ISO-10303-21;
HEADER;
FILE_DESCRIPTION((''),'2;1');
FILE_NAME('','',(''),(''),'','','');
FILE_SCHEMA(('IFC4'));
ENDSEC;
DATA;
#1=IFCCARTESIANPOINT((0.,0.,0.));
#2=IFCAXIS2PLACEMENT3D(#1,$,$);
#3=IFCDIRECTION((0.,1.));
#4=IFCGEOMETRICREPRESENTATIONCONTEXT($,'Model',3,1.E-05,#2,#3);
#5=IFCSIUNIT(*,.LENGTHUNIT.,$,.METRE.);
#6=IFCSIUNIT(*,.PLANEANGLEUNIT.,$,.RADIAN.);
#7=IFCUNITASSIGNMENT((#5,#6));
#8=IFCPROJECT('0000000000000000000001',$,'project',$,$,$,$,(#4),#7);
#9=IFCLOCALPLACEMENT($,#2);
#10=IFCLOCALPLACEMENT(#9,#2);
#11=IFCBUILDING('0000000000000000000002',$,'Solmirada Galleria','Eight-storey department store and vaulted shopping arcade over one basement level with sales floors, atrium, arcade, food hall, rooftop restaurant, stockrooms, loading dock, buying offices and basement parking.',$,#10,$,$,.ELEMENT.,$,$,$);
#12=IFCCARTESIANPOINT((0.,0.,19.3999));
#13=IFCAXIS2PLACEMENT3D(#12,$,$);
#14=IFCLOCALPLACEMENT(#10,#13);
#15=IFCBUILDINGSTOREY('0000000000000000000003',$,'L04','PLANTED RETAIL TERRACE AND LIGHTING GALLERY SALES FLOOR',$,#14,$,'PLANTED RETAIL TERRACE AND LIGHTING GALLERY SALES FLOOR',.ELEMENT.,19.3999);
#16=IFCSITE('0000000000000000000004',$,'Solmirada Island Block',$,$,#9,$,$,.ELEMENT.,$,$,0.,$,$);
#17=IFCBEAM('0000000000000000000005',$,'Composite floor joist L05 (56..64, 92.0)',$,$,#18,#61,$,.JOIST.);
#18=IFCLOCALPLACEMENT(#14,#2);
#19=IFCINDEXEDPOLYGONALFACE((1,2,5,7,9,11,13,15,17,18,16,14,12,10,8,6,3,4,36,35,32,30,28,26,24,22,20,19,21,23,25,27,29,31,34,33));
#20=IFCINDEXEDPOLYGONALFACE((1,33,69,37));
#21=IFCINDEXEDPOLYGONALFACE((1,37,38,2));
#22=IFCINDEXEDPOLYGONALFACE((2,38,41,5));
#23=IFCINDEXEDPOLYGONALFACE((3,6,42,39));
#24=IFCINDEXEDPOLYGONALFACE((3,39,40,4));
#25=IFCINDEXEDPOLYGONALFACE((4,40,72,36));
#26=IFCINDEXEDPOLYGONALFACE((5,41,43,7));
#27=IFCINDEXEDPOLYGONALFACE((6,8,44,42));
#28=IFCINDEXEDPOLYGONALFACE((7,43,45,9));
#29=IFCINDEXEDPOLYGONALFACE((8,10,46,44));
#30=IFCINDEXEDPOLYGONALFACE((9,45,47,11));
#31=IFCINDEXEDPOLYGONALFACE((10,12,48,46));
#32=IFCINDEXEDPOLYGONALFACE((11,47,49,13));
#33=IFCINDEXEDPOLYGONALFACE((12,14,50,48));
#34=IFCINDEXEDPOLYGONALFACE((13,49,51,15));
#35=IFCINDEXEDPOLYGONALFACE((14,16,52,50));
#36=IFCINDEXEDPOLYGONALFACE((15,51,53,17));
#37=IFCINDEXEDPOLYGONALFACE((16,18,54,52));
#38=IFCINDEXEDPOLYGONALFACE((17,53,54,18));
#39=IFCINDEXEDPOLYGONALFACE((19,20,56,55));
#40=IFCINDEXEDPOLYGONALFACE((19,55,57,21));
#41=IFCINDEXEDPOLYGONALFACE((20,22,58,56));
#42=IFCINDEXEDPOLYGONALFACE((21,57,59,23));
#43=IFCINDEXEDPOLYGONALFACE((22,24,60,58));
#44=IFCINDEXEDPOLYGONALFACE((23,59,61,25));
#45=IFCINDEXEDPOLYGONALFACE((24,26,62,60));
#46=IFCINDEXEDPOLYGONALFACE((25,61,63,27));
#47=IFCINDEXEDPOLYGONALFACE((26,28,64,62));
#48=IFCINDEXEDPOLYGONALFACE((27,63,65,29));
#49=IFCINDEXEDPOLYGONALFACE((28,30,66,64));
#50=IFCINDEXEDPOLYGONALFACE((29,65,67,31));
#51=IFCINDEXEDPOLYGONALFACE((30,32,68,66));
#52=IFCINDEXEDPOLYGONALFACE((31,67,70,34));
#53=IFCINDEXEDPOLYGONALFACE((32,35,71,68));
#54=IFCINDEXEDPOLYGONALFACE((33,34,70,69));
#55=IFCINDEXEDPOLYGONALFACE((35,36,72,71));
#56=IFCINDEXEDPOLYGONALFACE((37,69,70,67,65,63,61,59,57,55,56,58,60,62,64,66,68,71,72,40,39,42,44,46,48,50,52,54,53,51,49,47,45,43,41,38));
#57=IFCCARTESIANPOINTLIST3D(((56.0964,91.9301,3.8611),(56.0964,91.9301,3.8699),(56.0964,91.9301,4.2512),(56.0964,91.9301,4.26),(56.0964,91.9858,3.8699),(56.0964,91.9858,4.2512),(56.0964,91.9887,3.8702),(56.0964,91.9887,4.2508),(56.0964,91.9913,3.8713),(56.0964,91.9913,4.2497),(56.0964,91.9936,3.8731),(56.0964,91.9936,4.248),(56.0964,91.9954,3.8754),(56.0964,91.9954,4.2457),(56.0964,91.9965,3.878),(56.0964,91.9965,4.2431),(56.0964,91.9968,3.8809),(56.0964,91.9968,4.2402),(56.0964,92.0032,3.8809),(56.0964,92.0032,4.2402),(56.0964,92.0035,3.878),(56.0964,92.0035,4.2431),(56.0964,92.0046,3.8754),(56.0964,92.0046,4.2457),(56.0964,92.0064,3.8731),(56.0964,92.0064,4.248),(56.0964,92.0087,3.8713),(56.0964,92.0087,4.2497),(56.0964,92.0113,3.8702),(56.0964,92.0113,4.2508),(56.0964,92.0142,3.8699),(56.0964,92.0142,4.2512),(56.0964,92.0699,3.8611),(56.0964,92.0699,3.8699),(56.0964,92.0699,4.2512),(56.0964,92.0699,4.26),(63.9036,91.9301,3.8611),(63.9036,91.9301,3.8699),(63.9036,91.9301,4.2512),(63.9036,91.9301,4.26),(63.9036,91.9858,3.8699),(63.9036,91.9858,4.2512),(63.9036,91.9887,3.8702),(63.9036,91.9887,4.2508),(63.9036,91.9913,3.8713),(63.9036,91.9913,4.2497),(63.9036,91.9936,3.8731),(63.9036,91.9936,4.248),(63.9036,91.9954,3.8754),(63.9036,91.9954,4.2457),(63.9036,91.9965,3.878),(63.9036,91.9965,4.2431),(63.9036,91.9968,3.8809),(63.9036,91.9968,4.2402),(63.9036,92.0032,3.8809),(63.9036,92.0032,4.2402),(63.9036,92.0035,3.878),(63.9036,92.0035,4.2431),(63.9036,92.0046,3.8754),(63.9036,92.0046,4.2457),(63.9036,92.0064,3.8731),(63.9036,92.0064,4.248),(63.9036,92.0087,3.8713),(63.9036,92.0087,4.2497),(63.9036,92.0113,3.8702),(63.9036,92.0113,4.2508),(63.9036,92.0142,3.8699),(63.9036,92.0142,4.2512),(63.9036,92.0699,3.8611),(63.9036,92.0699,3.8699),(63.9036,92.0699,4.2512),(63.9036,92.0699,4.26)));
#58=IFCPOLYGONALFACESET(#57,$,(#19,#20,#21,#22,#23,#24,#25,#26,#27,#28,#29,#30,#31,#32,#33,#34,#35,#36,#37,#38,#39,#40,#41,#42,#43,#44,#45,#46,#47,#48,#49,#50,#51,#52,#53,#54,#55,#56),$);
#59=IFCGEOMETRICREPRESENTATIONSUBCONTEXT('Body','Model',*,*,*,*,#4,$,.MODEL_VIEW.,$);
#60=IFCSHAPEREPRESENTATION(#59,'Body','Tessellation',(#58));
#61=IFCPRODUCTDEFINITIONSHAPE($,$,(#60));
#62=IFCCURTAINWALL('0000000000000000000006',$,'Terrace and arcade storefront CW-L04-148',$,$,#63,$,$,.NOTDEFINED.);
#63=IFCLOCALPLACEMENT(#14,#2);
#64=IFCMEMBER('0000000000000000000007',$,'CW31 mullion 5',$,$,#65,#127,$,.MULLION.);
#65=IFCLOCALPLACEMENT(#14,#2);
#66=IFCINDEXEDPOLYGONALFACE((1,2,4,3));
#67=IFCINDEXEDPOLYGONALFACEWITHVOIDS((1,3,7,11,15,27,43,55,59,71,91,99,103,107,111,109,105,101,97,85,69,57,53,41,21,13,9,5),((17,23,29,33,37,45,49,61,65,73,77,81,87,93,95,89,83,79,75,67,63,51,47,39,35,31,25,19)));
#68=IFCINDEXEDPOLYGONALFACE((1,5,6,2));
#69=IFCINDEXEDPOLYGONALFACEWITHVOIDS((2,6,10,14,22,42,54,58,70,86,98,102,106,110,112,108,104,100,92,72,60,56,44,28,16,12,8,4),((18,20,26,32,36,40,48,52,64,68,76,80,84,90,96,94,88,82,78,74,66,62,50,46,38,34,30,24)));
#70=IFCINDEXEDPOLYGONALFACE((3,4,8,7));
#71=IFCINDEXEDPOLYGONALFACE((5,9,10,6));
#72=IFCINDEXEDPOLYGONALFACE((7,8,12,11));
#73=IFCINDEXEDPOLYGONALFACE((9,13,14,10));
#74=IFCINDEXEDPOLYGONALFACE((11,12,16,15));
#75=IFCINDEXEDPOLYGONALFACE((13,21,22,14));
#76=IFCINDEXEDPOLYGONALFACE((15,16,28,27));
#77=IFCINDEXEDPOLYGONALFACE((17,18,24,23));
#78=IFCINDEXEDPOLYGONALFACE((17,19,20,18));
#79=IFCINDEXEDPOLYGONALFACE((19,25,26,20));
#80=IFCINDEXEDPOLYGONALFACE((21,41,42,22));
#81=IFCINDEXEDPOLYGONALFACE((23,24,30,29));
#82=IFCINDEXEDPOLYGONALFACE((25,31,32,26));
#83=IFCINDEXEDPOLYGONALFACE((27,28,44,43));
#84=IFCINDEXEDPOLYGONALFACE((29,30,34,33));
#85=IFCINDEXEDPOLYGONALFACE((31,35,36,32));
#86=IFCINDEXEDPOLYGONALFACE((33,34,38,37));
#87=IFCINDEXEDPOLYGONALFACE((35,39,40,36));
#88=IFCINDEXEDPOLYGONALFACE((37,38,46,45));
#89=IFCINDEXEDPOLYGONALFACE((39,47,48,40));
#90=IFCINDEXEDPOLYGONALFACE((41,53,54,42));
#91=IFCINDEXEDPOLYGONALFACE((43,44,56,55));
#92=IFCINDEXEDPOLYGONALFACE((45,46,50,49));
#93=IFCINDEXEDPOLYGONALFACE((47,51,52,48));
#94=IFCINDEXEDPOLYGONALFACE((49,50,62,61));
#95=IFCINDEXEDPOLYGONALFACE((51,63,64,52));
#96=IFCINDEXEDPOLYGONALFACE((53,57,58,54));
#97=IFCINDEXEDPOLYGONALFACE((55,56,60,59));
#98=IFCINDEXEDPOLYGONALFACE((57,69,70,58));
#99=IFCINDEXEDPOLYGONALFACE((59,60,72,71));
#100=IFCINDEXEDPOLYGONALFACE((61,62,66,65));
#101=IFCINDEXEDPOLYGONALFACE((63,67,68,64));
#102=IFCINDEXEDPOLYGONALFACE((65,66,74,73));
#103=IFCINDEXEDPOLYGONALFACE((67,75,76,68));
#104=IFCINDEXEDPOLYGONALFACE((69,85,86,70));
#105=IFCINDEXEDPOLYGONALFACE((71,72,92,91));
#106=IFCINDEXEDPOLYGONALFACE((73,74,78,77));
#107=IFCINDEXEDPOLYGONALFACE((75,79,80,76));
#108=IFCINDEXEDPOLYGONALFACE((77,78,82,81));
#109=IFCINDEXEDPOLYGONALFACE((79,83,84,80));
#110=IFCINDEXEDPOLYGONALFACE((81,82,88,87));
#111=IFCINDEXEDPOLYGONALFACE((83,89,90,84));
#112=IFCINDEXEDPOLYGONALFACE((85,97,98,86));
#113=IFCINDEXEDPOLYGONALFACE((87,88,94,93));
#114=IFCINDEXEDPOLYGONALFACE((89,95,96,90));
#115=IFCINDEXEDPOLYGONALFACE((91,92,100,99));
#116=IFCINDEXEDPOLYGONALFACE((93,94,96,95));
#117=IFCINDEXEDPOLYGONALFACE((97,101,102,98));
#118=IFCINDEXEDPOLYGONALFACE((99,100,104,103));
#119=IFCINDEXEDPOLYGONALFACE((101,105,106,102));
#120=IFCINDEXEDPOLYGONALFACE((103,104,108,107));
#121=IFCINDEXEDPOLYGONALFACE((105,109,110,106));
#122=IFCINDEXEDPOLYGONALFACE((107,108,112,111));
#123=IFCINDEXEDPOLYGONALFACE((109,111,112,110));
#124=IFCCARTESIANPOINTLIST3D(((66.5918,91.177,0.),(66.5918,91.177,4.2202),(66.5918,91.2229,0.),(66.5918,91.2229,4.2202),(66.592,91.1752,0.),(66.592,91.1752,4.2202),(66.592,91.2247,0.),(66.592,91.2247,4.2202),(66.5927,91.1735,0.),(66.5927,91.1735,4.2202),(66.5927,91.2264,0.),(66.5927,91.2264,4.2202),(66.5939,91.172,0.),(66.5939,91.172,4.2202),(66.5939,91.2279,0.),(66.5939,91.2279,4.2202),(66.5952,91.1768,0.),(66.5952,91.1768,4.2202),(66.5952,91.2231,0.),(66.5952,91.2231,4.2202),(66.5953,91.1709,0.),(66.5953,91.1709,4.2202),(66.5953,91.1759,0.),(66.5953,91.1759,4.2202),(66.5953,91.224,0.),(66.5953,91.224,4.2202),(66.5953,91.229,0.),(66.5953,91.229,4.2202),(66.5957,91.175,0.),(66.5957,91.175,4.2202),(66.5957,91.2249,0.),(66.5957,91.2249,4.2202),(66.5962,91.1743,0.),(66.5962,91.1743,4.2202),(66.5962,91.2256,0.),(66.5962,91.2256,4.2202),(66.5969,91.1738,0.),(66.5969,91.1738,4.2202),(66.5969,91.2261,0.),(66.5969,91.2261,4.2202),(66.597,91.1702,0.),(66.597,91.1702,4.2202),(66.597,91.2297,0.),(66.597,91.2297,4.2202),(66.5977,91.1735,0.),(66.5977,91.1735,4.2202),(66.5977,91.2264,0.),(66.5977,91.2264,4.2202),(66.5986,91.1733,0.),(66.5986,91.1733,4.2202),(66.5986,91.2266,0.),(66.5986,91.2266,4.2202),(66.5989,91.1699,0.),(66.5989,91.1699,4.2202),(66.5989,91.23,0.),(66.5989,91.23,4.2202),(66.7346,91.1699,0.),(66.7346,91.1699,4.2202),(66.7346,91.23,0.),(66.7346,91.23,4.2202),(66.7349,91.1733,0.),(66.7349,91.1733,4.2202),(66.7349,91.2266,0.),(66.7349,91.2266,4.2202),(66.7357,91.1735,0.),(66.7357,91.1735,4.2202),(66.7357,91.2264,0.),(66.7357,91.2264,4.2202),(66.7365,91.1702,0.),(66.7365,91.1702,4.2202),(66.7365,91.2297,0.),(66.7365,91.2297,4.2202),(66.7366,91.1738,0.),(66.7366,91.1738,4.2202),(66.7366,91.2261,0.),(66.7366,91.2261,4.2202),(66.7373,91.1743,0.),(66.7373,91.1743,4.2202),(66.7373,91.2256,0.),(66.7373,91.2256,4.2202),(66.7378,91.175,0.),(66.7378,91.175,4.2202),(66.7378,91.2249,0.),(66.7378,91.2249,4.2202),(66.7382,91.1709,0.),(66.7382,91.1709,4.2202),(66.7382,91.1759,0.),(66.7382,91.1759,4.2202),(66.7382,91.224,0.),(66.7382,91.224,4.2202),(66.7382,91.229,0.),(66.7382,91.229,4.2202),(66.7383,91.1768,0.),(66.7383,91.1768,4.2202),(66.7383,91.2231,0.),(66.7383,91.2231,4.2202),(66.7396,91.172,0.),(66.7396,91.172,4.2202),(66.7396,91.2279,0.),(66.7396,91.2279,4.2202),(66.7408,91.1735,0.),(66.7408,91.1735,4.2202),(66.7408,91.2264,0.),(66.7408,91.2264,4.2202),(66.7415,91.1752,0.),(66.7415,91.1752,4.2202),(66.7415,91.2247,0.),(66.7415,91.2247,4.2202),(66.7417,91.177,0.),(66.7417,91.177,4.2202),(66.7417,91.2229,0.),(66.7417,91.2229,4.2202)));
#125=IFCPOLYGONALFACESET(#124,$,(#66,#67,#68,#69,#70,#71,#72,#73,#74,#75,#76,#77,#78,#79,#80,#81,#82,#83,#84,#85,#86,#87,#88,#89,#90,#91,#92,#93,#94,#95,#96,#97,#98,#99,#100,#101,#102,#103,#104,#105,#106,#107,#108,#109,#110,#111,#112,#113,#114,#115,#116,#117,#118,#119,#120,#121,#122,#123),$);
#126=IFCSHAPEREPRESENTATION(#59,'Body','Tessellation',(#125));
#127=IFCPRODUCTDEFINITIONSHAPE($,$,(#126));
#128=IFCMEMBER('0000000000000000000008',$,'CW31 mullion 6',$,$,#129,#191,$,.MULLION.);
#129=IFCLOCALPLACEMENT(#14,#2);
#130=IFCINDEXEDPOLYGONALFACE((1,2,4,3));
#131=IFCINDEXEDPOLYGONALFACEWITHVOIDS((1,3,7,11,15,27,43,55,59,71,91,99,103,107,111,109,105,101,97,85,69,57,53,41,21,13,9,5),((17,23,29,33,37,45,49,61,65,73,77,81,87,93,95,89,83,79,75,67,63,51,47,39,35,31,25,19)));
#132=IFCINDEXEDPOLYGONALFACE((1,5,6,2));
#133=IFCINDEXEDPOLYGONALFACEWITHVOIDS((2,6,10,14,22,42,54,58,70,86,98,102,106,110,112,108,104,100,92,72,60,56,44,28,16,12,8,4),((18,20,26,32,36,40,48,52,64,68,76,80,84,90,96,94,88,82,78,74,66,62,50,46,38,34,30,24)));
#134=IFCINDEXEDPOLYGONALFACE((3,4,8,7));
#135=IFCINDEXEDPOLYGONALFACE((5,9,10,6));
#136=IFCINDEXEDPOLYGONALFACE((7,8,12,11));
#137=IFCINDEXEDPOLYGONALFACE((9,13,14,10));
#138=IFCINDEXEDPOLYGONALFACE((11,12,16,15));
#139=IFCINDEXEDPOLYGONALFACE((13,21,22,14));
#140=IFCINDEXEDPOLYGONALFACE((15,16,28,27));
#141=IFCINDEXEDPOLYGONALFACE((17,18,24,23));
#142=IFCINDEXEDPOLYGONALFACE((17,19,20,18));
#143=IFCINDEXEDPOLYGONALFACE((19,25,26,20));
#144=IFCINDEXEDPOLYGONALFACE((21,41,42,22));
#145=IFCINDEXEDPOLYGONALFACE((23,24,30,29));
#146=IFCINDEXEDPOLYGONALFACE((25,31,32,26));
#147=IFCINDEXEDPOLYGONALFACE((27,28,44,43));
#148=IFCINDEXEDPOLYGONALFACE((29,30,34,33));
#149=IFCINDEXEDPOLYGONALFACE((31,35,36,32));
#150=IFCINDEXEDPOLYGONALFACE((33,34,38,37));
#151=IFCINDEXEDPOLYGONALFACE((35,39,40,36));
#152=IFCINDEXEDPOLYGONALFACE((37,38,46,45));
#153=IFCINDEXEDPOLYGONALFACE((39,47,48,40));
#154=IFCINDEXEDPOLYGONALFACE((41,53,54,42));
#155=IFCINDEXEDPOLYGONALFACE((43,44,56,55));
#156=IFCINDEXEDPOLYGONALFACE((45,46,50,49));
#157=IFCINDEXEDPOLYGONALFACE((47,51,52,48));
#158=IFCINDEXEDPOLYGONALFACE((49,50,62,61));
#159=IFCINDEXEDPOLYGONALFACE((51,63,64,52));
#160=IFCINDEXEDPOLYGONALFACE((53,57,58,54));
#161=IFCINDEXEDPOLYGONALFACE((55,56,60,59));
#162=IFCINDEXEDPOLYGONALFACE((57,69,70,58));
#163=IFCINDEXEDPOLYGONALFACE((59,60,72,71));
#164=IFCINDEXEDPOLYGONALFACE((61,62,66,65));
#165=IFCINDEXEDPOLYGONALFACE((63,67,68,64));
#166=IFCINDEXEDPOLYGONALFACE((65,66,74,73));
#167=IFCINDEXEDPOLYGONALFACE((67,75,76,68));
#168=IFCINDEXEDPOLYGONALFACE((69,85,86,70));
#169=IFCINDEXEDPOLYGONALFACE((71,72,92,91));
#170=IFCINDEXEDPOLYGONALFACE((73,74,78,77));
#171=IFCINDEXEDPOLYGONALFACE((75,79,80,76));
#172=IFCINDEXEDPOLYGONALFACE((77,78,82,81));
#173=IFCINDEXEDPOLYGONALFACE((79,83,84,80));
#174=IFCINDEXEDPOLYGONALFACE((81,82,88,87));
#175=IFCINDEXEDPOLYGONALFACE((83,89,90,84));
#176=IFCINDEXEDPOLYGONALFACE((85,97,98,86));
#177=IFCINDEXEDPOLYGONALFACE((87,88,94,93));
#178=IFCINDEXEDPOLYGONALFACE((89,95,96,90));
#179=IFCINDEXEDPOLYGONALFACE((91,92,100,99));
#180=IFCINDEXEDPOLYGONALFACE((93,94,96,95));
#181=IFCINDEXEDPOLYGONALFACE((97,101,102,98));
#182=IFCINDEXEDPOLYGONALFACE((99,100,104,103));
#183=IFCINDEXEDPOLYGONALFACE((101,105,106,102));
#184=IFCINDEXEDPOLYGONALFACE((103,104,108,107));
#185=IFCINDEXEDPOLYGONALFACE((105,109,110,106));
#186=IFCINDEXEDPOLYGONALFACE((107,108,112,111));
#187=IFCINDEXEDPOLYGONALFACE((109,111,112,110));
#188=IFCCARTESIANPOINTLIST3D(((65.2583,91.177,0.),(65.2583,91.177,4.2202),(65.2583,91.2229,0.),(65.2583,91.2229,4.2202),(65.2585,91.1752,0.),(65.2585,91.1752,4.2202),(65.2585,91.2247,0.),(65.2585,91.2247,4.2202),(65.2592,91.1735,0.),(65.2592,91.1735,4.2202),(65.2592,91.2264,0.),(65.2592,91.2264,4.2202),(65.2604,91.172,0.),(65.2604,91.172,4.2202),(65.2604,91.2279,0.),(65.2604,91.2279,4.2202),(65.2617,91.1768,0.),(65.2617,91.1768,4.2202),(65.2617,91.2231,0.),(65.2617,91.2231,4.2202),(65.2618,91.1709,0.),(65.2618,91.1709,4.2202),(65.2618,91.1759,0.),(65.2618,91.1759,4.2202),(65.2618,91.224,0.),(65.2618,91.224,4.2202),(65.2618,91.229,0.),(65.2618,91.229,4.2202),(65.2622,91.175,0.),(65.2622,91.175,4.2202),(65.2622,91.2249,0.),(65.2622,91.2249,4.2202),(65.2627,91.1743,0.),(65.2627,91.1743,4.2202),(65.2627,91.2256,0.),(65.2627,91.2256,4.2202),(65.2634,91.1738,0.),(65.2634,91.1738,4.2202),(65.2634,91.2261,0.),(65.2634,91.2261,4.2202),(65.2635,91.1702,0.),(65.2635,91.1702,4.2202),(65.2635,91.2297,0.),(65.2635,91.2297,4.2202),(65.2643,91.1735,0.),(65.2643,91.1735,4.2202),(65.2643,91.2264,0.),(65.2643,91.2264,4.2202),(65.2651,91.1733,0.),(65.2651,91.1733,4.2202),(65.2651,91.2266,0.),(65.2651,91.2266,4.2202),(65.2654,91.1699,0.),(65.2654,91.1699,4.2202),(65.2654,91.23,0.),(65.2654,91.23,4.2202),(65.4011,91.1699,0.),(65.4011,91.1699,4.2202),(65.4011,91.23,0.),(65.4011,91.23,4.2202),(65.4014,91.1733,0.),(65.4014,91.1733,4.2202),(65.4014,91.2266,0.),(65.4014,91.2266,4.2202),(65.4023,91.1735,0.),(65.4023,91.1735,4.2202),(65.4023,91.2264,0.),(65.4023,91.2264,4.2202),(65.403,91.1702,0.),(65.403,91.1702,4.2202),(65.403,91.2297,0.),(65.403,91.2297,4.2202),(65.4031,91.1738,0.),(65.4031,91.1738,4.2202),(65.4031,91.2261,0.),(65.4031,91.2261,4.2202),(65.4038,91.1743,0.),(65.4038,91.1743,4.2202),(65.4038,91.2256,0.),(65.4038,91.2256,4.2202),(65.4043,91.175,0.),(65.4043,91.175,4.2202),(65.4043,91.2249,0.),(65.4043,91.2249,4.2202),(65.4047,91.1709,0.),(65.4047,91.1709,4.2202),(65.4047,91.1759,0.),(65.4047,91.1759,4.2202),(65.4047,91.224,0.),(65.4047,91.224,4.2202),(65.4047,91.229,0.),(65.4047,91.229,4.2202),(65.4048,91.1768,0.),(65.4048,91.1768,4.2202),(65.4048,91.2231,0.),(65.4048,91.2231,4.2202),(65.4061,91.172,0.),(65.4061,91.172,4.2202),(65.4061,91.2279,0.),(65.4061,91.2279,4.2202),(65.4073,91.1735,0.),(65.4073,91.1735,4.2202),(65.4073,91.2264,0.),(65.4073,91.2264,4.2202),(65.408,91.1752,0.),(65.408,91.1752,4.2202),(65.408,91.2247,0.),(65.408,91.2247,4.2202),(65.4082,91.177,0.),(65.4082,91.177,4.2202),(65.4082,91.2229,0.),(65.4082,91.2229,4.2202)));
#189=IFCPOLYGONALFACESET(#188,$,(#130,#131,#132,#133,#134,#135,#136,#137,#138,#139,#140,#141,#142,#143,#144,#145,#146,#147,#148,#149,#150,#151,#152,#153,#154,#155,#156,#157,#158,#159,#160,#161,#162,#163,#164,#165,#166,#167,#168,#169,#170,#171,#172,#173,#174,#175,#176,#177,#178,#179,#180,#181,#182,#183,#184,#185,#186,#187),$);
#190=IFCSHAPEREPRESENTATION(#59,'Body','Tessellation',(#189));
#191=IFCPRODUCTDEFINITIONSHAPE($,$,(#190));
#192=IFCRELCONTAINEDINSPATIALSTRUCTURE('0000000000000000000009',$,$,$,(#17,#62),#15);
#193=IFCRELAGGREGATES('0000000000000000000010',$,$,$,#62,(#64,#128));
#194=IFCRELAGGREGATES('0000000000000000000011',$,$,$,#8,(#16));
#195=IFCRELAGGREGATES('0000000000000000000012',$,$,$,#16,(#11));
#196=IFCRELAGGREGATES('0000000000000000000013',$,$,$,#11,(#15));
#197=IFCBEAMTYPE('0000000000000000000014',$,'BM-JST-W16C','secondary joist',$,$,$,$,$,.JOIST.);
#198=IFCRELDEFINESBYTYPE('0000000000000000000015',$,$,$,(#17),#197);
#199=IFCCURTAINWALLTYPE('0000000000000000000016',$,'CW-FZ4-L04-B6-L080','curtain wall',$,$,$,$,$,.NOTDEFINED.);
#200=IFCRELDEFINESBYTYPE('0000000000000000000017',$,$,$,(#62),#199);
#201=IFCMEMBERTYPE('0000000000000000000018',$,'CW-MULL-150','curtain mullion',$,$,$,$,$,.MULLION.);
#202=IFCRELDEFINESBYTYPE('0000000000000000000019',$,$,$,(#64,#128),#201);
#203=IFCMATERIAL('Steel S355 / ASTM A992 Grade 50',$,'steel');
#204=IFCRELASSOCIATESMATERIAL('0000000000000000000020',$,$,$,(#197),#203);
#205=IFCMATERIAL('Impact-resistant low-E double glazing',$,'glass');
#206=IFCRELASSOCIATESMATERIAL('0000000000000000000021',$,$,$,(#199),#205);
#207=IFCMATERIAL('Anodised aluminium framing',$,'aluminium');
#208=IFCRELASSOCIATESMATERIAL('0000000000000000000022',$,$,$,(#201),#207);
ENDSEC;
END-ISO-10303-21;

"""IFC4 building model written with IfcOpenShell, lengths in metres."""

from ifc_helpers import new_model, si_unit, direction, frame, origin, origin_2d, place, context, subcontext, project, spatial, hollow_rectangle, i_section, extrude, material, material_profile, profile_set, type_object, element, aggregate, save


model = new_model("IFC4")

# Units and contexts
model_context = context("Model", 3, precision=1e-05, world=origin(), true_north=direction((0.0, 1.0)))
body_context = subcontext(model_context, "Body", "Model", "MODEL_VIEW")
ifc_project = project(units=[si_unit("LENGTHUNIT", "METRE"), si_unit("PLANEANGLEUNIT", "RADIAN")], contexts=[model_context])

# Site, building, storey
site_placement = place(None, origin())
site = spatial("IfcSite", under=ifc_project, at=site_placement, Name="Solmirada Island Block", CompositionType="ELEMENT", RefElevation=0.0)
building_placement = place(site_placement, origin())
building = spatial("IfcBuilding", under=site, at=building_placement, Name="Solmirada Galleria", Description="Eight-storey department store and vaulted shopping arcade over one basement level with sales floors, atrium, arcade, food hall, rooftop restaurant, stockrooms, loading dock, buying offices and basement parking.", CompositionType="ELEMENT")
storey_placement = place(building_placement, frame((0.0, 0.0, 19.3999)))
storey = spatial("IfcBuildingStorey", under=building, at=storey_placement, Name="L04", Description="PLANTED RETAIL TERRACE AND LIGHTING GALLERY SALES FLOOR", LongName="PLANTED RETAIL TERRACE AND LIGHTING GALLERY SALES FLOOR", CompositionType="ELEMENT", Elevation=19.3999)

# Beam
ifc_material_1 = material(Name="Steel S355 / ASTM A992 Grade 50", Category="steel")
ifc_material_profile_1 = material_profile(ifc_material_1, i_section(OverallWidth=0.1399, OverallDepth=0.3989, WebThickness=0.0063, FlangeThickness=0.0088, FilletRadius=0.011, at=origin_2d()), Name="W16X26")
ifc_profile_set_1 = profile_set([ifc_material_profile_1], Name="Steel S355 / ASTM A992 Grade 50")
beam_type = type_object("IfcBeamType", Name="BM-JST-W16C", Description="secondary joist", PredefinedType="JOIST", material=ifc_profile_set_1)
beam_placement = place(storey_placement, frame((56.0964, 92.0, 4.0605), z_axis=(1.0, 0.0, 0.0), x_axis=(0.0, 1.0, 0.0)))
element("IfcBeam", 1, at=beam_placement, inside=storey, type_object=beam_type, Name="Composite floor joist L05 (56..64, 92.0)", PredefinedType="JOIST", context=body_context, shape_type="SweptSolid", body=[
    extrude(i_section(OverallWidth=0.1399, OverallDepth=0.3989, WebThickness=0.0063, FlangeThickness=0.0088, FilletRadius=0.011, at=origin_2d()), origin(), (0.0, 0.0, 1.0), 7.8071),
])

# Curtain wall, members
ifc_material_2 = material(Name="Impact-resistant low-E double glazing", Category="glass")
curtain_wall_type = type_object("IfcCurtainWallType", Name="CW-FZ4-L04-B6-L080", Description="curtain wall", PredefinedType="NOTDEFINED", material=ifc_material_2)
curtain_wall_1_placement = place(storey_placement, origin())
curtain_wall_1 = element("IfcCurtainWall", 2, at=curtain_wall_1_placement, inside=storey, type_object=curtain_wall_type, Name="Terrace and arcade storefront CW-L04-148", PredefinedType="NOTDEFINED")
ifc_material_3 = material(Name="Anodised aluminium framing", Category="aluminium")
ifc_material_profile_2 = material_profile(ifc_material_3, hollow_rectangle(XDim=0.0601, YDim=0.1499, WallThickness=0.0034, InnerFilletRadius=0.0034, OuterFilletRadius=0.0071, at=origin_2d()), Name="ALU-MULL-150X60")
ifc_profile_set_2 = profile_set([ifc_material_profile_2], Name="Anodised aluminium framing")
member_type_1 = type_object("IfcMemberType", Name="CW-MULL-150", Description="curtain mullion", PredefinedType="MULLION", material=ifc_profile_set_2)
member_1_placement = place(storey_placement, frame((66.6667, 91.2, 0.0), z_axis=(0.0, 0.0, 1.0), x_axis=(0.0, -1.0, 0.0)))
member_1 = element("IfcMember", 3, at=member_1_placement, type_object=member_type_1, Name="CW31 mullion 5", PredefinedType="MULLION", context=body_context, shape_type="SweptSolid", body=[
    extrude(hollow_rectangle(XDim=0.0601, YDim=0.1499, WallThickness=0.0034, InnerFilletRadius=0.0034, OuterFilletRadius=0.0071, at=origin_2d()), origin(), (0.0, 0.0, 1.0), 4.2202),
])
member_2_placement = place(storey_placement, frame((65.3333, 91.2, 0.0), z_axis=(0.0, 0.0, 1.0), x_axis=(0.0, -1.0, 0.0)))
member_2 = element("IfcMember", 4, at=member_2_placement, type_object=member_type_1, Name="CW31 mullion 6", PredefinedType="MULLION", context=body_context, shape_type="SweptSolid", body=[
    extrude(hollow_rectangle(XDim=0.0601, YDim=0.1499, WallThickness=0.0034, InnerFilletRadius=0.0034, OuterFilletRadius=0.0071, at=origin_2d()), origin(), (0.0, 0.0, 1.0), 4.2202),
])

aggregate(curtain_wall_1, [member_1, member_2])

save(model, "model.ifc")
